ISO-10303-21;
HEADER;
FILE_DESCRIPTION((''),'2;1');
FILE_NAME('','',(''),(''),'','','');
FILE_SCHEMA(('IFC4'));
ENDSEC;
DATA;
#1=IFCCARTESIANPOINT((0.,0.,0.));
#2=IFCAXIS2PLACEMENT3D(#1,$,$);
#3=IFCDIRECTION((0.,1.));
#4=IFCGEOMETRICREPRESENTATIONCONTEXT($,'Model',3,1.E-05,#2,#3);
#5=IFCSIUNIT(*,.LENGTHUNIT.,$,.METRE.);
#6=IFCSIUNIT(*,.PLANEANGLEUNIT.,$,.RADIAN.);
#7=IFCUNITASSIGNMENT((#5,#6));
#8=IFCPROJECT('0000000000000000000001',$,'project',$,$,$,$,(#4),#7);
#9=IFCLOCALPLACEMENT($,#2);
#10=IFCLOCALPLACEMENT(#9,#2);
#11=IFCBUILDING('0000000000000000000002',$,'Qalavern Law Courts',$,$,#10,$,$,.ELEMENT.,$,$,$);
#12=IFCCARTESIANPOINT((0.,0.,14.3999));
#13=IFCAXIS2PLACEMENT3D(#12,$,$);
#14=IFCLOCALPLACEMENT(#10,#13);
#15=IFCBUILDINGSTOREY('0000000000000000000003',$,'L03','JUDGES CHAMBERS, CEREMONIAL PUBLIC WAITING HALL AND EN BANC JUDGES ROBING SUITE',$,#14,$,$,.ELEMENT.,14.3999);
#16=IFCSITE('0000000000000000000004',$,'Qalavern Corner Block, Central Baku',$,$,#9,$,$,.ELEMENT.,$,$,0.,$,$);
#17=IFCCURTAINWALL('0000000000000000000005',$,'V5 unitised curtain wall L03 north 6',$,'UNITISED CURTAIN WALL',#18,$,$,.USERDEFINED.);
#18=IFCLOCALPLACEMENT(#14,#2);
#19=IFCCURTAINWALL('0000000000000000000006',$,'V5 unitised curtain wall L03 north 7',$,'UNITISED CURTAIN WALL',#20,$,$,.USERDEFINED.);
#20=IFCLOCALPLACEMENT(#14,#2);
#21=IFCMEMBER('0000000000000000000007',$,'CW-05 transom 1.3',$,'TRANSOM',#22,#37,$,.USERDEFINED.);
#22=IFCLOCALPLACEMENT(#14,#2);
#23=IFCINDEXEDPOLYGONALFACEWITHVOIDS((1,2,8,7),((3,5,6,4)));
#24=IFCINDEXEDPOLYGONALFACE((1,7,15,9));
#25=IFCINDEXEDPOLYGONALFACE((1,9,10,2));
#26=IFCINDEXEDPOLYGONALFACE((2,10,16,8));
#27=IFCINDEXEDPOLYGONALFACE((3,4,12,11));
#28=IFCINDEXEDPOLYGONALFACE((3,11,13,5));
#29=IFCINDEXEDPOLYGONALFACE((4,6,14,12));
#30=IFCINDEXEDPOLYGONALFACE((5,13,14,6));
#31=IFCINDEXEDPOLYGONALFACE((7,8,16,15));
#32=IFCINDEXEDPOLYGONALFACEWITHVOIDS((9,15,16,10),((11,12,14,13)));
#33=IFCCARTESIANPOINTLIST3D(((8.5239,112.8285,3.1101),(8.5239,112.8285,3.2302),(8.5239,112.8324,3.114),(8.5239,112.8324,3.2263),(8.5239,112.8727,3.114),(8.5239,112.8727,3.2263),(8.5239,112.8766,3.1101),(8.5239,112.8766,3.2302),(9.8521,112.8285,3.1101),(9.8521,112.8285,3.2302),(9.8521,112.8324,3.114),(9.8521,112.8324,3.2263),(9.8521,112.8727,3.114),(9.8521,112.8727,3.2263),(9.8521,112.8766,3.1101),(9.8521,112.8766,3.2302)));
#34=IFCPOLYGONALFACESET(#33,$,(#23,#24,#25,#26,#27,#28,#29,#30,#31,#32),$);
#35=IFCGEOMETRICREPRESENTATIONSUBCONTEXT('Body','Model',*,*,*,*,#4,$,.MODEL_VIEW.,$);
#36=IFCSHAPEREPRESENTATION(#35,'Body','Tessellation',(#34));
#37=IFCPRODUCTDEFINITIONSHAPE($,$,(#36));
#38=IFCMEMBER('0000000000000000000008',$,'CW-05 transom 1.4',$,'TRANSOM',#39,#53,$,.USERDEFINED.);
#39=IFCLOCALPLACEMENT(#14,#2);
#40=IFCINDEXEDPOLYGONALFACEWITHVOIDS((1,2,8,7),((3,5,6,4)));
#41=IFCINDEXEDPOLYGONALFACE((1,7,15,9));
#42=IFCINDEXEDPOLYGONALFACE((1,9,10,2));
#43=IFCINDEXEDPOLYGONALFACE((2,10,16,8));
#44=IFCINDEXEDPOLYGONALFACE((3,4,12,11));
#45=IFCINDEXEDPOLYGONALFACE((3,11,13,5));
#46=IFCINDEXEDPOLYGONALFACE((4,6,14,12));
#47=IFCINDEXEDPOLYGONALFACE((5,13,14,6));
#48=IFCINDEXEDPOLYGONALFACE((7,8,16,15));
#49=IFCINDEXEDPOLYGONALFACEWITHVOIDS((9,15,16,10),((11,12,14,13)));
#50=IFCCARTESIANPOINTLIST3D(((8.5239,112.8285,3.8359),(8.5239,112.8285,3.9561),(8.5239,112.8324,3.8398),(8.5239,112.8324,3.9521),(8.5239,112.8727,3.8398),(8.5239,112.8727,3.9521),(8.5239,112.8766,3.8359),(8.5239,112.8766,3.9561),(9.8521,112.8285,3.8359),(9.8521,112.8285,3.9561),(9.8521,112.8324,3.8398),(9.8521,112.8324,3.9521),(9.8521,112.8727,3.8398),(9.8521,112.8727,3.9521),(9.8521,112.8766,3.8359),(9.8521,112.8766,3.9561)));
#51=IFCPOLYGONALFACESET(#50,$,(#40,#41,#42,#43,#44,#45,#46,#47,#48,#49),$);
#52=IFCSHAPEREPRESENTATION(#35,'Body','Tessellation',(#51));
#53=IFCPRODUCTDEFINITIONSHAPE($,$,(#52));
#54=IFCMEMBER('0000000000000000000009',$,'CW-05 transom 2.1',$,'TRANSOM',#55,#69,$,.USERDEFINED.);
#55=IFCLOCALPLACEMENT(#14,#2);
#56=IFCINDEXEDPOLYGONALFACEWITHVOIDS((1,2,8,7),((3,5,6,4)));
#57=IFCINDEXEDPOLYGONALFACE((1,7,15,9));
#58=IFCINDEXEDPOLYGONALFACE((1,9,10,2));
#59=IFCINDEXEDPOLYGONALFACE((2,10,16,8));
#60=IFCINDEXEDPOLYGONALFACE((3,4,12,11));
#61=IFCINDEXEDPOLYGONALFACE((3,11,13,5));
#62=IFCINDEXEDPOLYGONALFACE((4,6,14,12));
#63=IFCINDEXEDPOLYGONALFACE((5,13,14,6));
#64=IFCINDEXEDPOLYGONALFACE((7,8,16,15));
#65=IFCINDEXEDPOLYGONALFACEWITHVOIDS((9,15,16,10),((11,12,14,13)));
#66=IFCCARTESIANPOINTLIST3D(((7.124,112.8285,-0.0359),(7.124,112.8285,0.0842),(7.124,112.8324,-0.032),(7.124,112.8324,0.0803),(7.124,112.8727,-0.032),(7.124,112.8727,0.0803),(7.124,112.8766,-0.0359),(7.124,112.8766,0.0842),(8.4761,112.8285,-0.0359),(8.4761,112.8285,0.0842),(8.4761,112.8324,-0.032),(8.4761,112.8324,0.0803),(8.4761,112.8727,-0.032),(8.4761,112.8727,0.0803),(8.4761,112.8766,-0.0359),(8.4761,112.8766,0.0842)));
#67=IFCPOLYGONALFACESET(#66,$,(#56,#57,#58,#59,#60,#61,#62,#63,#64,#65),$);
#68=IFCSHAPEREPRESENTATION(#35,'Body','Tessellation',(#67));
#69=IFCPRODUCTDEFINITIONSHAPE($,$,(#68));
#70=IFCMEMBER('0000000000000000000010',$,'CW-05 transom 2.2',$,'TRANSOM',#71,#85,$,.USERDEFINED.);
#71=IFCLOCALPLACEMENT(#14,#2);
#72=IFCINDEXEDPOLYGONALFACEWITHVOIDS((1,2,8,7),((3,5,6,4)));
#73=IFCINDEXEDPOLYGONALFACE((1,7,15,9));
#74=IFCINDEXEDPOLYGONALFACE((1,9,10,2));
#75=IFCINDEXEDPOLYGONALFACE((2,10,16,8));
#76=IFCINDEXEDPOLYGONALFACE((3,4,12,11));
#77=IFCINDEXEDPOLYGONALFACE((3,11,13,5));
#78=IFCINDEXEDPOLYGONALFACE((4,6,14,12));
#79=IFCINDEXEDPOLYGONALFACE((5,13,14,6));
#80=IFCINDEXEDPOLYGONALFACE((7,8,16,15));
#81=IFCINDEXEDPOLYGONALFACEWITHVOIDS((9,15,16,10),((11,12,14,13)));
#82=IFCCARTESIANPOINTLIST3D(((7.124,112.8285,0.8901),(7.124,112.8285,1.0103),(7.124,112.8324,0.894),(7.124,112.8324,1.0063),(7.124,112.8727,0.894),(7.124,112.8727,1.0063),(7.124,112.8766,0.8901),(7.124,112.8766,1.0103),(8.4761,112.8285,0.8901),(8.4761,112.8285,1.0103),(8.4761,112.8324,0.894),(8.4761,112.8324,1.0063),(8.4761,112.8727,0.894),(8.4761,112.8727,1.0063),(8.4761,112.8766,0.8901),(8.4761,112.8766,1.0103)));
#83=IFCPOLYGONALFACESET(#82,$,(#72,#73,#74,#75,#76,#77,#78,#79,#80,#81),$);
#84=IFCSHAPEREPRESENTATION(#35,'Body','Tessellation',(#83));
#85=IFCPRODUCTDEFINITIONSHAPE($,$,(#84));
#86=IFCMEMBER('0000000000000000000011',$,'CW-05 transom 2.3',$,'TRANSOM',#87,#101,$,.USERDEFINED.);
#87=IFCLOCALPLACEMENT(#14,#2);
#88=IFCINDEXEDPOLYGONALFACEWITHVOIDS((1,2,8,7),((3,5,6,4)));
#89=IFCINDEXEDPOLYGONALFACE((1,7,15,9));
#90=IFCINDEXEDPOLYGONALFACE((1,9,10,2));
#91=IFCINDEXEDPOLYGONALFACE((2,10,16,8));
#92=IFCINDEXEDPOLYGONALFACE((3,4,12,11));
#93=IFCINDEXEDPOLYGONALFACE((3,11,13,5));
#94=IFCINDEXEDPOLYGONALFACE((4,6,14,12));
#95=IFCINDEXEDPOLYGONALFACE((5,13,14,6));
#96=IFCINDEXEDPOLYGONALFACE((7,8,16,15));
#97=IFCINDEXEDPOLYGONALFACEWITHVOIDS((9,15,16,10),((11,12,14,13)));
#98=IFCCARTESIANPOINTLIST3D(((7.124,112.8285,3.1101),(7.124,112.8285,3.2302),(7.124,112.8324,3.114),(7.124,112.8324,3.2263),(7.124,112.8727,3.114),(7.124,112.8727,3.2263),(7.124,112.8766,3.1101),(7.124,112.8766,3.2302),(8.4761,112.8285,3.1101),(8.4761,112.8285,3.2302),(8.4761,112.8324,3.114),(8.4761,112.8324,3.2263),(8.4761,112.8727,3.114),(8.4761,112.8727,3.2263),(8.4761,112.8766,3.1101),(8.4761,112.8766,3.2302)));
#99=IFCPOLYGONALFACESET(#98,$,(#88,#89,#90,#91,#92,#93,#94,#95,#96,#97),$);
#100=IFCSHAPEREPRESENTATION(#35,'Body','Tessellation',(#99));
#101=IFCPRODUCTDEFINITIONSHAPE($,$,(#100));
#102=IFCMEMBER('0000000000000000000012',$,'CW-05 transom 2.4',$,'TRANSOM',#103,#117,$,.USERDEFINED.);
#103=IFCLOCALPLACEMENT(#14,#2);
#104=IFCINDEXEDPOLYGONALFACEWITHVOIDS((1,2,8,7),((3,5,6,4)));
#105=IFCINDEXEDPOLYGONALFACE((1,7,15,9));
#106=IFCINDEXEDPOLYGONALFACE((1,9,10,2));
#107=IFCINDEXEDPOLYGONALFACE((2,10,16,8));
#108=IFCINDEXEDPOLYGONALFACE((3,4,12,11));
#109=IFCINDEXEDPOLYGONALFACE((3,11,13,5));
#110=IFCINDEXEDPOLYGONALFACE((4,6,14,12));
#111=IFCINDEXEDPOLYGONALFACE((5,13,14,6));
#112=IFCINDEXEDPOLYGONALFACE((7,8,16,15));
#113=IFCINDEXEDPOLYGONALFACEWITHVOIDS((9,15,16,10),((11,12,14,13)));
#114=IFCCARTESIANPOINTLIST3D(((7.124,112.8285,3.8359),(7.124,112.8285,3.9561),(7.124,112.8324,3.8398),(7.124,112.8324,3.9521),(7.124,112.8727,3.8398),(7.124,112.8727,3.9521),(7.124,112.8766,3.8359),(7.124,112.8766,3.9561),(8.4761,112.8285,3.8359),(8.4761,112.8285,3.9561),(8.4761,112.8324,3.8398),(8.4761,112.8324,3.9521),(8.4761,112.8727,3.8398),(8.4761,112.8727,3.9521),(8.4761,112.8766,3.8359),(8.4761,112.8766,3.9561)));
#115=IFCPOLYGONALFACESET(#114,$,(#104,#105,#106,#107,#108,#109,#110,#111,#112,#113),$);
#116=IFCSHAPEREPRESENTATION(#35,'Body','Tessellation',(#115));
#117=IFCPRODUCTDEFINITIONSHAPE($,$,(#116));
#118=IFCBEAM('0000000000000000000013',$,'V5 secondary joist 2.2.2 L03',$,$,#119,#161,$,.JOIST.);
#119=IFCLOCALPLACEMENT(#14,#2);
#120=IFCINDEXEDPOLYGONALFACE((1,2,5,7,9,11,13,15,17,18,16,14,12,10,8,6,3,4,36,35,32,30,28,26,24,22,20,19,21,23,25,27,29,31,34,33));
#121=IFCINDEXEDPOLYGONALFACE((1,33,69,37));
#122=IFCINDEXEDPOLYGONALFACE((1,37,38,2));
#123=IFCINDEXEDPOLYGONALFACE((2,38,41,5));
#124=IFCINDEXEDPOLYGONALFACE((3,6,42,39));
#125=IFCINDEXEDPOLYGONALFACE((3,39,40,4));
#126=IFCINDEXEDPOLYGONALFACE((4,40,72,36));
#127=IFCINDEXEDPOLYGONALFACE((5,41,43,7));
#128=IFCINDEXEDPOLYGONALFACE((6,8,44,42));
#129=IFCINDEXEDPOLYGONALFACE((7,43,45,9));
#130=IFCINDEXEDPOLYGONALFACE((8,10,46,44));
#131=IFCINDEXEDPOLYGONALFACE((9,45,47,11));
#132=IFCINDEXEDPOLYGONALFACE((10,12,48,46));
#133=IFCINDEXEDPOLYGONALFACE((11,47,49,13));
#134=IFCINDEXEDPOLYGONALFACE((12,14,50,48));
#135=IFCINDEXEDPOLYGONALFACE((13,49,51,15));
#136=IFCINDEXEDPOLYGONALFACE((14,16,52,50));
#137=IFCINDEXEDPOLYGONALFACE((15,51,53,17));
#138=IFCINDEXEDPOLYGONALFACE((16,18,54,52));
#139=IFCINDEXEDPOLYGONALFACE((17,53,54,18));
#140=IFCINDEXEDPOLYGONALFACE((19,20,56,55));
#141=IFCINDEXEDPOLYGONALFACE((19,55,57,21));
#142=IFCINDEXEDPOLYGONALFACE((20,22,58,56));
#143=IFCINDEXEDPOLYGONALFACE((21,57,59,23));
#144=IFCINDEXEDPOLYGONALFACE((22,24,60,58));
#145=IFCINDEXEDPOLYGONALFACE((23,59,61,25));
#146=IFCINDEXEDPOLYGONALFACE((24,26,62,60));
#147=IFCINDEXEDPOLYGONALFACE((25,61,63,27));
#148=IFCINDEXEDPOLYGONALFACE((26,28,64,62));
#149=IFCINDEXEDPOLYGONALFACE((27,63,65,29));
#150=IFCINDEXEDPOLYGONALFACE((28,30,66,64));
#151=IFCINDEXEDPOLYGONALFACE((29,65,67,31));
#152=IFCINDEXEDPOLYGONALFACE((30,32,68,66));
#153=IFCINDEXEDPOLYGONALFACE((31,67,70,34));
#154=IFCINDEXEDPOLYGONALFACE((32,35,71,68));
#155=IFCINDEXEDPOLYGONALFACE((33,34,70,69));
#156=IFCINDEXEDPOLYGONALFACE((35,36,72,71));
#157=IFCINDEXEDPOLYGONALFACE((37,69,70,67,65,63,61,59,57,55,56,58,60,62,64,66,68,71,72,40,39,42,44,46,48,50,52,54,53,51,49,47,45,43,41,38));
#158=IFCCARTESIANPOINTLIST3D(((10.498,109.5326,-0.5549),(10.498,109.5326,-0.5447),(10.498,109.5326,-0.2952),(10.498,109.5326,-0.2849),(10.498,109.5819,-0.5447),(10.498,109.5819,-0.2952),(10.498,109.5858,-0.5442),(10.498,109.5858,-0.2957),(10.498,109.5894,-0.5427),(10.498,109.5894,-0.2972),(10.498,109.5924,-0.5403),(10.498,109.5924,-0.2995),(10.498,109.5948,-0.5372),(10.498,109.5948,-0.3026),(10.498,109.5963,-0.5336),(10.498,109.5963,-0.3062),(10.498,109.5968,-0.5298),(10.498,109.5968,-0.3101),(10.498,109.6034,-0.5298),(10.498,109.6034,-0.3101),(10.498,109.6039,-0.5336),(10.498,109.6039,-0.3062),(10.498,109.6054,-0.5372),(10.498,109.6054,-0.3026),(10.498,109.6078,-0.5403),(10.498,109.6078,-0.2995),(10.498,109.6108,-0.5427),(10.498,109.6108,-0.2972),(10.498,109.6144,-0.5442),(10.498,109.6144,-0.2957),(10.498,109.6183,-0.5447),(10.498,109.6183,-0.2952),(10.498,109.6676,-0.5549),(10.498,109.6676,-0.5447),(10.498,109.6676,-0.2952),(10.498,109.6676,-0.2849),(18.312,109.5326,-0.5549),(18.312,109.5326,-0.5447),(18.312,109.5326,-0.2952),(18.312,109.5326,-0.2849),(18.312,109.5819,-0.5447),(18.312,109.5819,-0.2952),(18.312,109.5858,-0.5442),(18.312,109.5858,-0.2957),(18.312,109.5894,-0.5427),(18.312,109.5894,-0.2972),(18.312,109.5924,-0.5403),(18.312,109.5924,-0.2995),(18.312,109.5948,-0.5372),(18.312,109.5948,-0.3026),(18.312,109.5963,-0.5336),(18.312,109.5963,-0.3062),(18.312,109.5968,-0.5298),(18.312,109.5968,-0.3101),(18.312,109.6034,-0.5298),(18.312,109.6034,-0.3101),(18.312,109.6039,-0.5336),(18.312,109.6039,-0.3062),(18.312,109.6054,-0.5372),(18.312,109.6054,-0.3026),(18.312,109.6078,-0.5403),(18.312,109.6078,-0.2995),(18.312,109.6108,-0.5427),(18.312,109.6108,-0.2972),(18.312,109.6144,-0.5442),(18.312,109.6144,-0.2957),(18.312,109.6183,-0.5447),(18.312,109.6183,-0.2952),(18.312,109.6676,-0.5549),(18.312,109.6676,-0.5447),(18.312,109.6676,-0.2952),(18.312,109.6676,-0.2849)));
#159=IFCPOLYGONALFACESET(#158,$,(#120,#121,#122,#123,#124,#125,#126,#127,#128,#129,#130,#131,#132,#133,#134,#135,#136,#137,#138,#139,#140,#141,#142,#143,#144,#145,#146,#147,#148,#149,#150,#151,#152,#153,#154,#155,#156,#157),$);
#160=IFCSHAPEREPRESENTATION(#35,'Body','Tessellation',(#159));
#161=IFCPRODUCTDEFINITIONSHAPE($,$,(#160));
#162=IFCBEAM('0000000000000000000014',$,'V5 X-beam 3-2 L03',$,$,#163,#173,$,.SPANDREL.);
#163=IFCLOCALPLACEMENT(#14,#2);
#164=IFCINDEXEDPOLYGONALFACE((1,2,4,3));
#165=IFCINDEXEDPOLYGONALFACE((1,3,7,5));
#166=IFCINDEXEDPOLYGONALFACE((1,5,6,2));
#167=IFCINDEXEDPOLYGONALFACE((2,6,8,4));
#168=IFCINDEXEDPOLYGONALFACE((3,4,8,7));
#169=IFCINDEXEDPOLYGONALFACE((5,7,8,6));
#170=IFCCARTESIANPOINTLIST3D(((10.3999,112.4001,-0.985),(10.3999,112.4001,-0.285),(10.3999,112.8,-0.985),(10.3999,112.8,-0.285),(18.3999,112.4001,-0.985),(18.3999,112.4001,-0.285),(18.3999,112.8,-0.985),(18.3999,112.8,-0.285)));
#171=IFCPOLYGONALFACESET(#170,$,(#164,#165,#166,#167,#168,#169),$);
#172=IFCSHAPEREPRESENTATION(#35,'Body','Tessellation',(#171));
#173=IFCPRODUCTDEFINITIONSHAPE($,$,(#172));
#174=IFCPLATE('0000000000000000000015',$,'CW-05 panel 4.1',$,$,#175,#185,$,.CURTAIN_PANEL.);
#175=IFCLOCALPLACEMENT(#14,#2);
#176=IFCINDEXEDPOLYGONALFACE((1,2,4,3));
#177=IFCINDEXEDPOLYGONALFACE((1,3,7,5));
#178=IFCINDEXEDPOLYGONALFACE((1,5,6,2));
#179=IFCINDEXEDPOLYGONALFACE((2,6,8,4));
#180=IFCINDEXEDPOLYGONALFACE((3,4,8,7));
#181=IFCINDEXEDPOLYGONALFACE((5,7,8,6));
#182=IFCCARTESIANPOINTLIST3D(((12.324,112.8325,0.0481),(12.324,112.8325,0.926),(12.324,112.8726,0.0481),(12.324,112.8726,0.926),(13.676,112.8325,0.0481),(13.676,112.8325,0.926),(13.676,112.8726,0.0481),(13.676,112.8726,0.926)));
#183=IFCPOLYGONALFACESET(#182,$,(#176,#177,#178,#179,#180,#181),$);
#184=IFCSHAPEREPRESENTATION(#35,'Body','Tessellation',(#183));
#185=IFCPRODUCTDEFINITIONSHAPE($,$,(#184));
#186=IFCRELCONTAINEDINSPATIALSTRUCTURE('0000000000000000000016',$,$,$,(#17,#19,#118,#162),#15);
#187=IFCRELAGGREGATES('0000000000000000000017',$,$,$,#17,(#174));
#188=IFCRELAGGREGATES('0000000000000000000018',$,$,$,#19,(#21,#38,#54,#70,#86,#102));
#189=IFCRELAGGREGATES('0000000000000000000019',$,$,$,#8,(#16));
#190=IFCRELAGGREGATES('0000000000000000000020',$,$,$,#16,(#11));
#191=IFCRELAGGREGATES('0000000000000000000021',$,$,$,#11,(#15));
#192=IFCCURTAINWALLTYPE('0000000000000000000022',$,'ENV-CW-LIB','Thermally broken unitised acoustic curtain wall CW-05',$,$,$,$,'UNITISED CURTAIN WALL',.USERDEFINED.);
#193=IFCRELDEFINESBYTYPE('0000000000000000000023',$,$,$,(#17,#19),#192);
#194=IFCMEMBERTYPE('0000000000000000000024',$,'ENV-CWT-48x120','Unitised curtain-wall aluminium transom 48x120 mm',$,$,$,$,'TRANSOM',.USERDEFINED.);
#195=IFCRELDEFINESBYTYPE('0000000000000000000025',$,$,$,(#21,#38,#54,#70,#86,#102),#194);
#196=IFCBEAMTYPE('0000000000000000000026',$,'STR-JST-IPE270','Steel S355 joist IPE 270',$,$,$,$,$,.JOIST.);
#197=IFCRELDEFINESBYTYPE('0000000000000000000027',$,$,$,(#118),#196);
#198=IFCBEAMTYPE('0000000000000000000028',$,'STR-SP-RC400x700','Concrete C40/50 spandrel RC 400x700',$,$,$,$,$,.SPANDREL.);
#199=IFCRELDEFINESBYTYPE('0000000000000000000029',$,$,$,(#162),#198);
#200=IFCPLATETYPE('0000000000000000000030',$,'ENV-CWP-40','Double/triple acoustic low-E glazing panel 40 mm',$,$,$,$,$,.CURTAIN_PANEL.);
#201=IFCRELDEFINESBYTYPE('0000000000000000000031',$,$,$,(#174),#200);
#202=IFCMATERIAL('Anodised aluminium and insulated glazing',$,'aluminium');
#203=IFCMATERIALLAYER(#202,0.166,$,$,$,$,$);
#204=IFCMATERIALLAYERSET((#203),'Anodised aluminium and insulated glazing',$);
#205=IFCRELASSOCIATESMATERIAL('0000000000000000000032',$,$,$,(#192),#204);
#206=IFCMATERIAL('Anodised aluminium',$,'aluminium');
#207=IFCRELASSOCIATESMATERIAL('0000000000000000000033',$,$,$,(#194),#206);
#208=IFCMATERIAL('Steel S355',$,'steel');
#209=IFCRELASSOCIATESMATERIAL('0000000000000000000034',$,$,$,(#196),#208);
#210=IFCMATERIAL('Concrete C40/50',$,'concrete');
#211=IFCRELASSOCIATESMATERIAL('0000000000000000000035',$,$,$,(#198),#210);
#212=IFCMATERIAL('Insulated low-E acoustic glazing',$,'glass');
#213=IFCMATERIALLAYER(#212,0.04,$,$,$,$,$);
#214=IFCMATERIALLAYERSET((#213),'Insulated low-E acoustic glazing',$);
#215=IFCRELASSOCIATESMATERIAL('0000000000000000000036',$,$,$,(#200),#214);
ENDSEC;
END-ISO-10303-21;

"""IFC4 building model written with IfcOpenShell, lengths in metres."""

from ifc_helpers import new_model, si_unit, direction, frame, origin, origin_2d, place, context, subcontext, project, spatial, rectangle, hollow_rectangle, i_section, extrude, material, layer, layer_set, material_profile, profile_set, type_object, element, aggregate, save


model = new_model("IFC4")

# Units and contexts
model_context = context("Model", 3, precision=1e-05, world=origin(), true_north=direction((0.0, 1.0)))
body_context = subcontext(model_context, "Body", "Model", "MODEL_VIEW")
ifc_project = project(units=[si_unit("LENGTHUNIT", "METRE"), si_unit("PLANEANGLEUNIT", "RADIAN")], contexts=[model_context])

# Site, building, storey
site_placement = place(None, origin())
site = spatial("IfcSite", under=ifc_project, at=site_placement, Name="Qalavern Corner Block, Central Baku", CompositionType="ELEMENT", RefElevation=0.0)
building_placement = place(site_placement, origin())
building = spatial("IfcBuilding", under=site, at=building_placement, Name="Qalavern Law Courts", CompositionType="ELEMENT")
storey_placement = place(building_placement, frame((0.0, 0.0, 14.3999)))
storey = spatial("IfcBuildingStorey", under=building, at=storey_placement, Name="L03", Description="JUDGES CHAMBERS, CEREMONIAL PUBLIC WAITING HALL AND EN BANC JUDGES ROBING SUITE", CompositionType="ELEMENT", Elevation=14.3999)

# Curtain walls
ifc_material_1 = material(Name="Anodised aluminium and insulated glazing", Category="aluminium")
ifc_layer_1 = layer(ifc_material_1, 0.166)
ifc_layer_set_1 = layer_set([ifc_layer_1], Name="Anodised aluminium and insulated glazing")
curtain_wall_type = type_object("IfcCurtainWallType", Name="ENV-CW-LIB", Description="Thermally broken unitised acoustic curtain wall CW-05", ElementType="UNITISED CURTAIN WALL", PredefinedType="USERDEFINED", material=ifc_layer_set_1)
curtain_wall_1_placement = place(storey_placement, origin())
curtain_wall_1 = element("IfcCurtainWall", 1, at=curtain_wall_1_placement, inside=storey, type_object=curtain_wall_type, Name="V5 unitised curtain wall L03 north 6", ObjectType="UNITISED CURTAIN WALL", PredefinedType="USERDEFINED")
ifc_material_2 = material(Name="Anodised aluminium", Category="aluminium")
curtain_wall_2_placement = place(storey_placement, origin())
curtain_wall_2 = element("IfcCurtainWall", 2, at=curtain_wall_2_placement, inside=storey, type_object=curtain_wall_type, Name="V5 unitised curtain wall L03 north 7", ObjectType="UNITISED CURTAIN WALL", PredefinedType="USERDEFINED")

# Members
ifc_material_profile_1 = material_profile(ifc_material_2, hollow_rectangle(XDim=0.0481, YDim=0.1201, WallThickness=0.0039, at=origin_2d()), Name="ALU TRANSOM 48x120")
ifc_profile_set_1 = profile_set([ifc_material_profile_1], Name="Anodised aluminium")
member_type_1 = type_object("IfcMemberType", Name="ENV-CWT-48x120", Description="Unitised curtain-wall aluminium transom 48x120 mm", ElementType="TRANSOM", PredefinedType="USERDEFINED", material=ifc_profile_set_1)
member_1_placement = place(storey_placement, frame((9.8521, 112.8525, 3.1702), z_axis=(-1.0, 0.0, 0.0), x_axis=(0.0, -1.0, 0.0)))
member_1 = element("IfcMember", 3, at=member_1_placement, type_object=member_type_1, Name="CW-05 transom 1.3", ObjectType="TRANSOM", PredefinedType="USERDEFINED", context=body_context, shape_type="SweptSolid", body=[
    extrude(hollow_rectangle(XDim=0.0481, YDim=0.1201, WallThickness=0.0039, at=origin_2d()), origin(), (0.0, 0.0, 1.0), 1.3281),
])
member_2_placement = place(storey_placement, frame((9.8521, 112.8525, 3.896), z_axis=(-1.0, 0.0, 0.0), x_axis=(0.0, -1.0, 0.0)))
member_2 = element("IfcMember", 4, at=member_2_placement, type_object=member_type_1, Name="CW-05 transom 1.4", ObjectType="TRANSOM", PredefinedType="USERDEFINED", context=body_context, shape_type="SweptSolid", body=[
    extrude(hollow_rectangle(XDim=0.0481, YDim=0.1201, WallThickness=0.0039, at=origin_2d()), origin(), (0.0, 0.0, 1.0), 1.3281),
])
member_3_placement = place(storey_placement, frame((8.4761, 112.8525, 0.0242), z_axis=(-1.0, 0.0, 0.0), x_axis=(0.0, -1.0, 0.0)))
member_3 = element("IfcMember", 5, at=member_3_placement, type_object=member_type_1, Name="CW-05 transom 2.1", ObjectType="TRANSOM", PredefinedType="USERDEFINED", context=body_context, shape_type="SweptSolid", body=[
    extrude(hollow_rectangle(XDim=0.0481, YDim=0.1201, WallThickness=0.0039, at=origin_2d()), origin(), (0.0, 0.0, 1.0), 1.3521),
])
member_4_placement = place(storey_placement, frame((8.4761, 112.8525, 0.9502), z_axis=(-1.0, 0.0, 0.0), x_axis=(0.0, -1.0, 0.0)))
member_4 = element("IfcMember", 6, at=member_4_placement, type_object=member_type_1, Name="CW-05 transom 2.2", ObjectType="TRANSOM", PredefinedType="USERDEFINED", context=body_context, shape_type="SweptSolid", body=[
    extrude(hollow_rectangle(XDim=0.0481, YDim=0.1201, WallThickness=0.0039, at=origin_2d()), origin(), (0.0, 0.0, 1.0), 1.3521),
])
member_5_placement = place(storey_placement, frame((8.4761, 112.8525, 3.1702), z_axis=(-1.0, 0.0, 0.0), x_axis=(0.0, -1.0, 0.0)))
member_5 = element("IfcMember", 7, at=member_5_placement, type_object=member_type_1, Name="CW-05 transom 2.3", ObjectType="TRANSOM", PredefinedType="USERDEFINED", context=body_context, shape_type="SweptSolid", body=[
    extrude(hollow_rectangle(XDim=0.0481, YDim=0.1201, WallThickness=0.0039, at=origin_2d()), origin(), (0.0, 0.0, 1.0), 1.3521),
])
member_6_placement = place(storey_placement, frame((8.4761, 112.8525, 3.896), z_axis=(-1.0, 0.0, 0.0), x_axis=(0.0, -1.0, 0.0)))
member_6 = element("IfcMember", 8, at=member_6_placement, type_object=member_type_1, Name="CW-05 transom 2.4", ObjectType="TRANSOM", PredefinedType="USERDEFINED", context=body_context, shape_type="SweptSolid", body=[
    extrude(hollow_rectangle(XDim=0.0481, YDim=0.1201, WallThickness=0.0039, at=origin_2d()), origin(), (0.0, 0.0, 1.0), 1.3521),
])

# Beams
ifc_material_3 = material(Name="Steel S355", Category="steel")
ifc_material_profile_2 = material_profile(ifc_material_3, i_section(OverallWidth=0.135, OverallDepth=0.27, WebThickness=0.0066, FlangeThickness=0.0103, FilletRadius=0.0149, at=origin_2d()), Name="IPE 270")
ifc_profile_set_2 = profile_set([ifc_material_profile_2], Name="Steel S355")
beam_type_1 = type_object("IfcBeamType", Name="STR-JST-IPE270", Description="Steel S355 joist IPE 270", PredefinedType="JOIST", material=ifc_profile_set_2)
beam_1_placement = place(storey_placement, frame((10.498, 109.6001, -0.4199), z_axis=(1.0, 0.0, 0.0), x_axis=(0.0, 1.0, 0.0)))
element("IfcBeam", 9, at=beam_1_placement, inside=storey, type_object=beam_type_1, Name="V5 secondary joist 2.2.2 L03", PredefinedType="JOIST", context=body_context, shape_type="SweptSolid", body=[
    extrude(i_section(OverallWidth=0.135, OverallDepth=0.27, WebThickness=0.0066, FlangeThickness=0.0103, FilletRadius=0.0149, at=origin_2d()), origin(), (0.0, 0.0, 1.0), 7.814),
])
ifc_material_4 = material(Name="Concrete C40/50", Category="concrete")
ifc_material_profile_3 = material_profile(ifc_material_4, rectangle(XDim=0.3999, YDim=0.7, at=origin_2d()), Name="RC 400x700")
ifc_profile_set_3 = profile_set([ifc_material_profile_3], Name="Concrete C40/50")
beam_type_2 = type_object("IfcBeamType", Name="STR-SP-RC400x700", Description="Concrete C40/50 spandrel RC 400x700", PredefinedType="SPANDREL", material=ifc_profile_set_3)
beam_2_placement = place(storey_placement, frame((10.3999, 112.6001, -0.635), z_axis=(1.0, 0.0, 0.0), x_axis=(0.0, 1.0, 0.0)))
element("IfcBeam", 10, at=beam_2_placement, inside=storey, type_object=beam_type_2, Name="V5 X-beam 3-2 L03", PredefinedType="SPANDREL", context=body_context, shape_type="SweptSolid", body=[
    extrude(rectangle(XDim=0.3999, YDim=0.7, at=origin_2d()), origin(), (0.0, 0.0, 1.0), 8.0),
])

# Plate
ifc_material_5 = material(Name="Insulated low-E acoustic glazing", Category="glass")
ifc_layer_2 = layer(ifc_material_5, 0.04)
ifc_layer_set_2 = layer_set([ifc_layer_2], Name="Insulated low-E acoustic glazing")
plate_type_1 = type_object("IfcPlateType", Name="ENV-CWP-40", Description="Double/triple acoustic low-E glazing panel 40 mm", PredefinedType="CURTAIN_PANEL", material=ifc_layer_set_2)
plate_1_placement = place(storey_placement, frame((13.0, 112.8525, 0.0481), z_axis=(0.0, 0.0, 1.0), x_axis=(-1.0, 0.0, 0.0)))
plate_1 = element("IfcPlate", 11, at=plate_1_placement, type_object=plate_type_1, Name="CW-05 panel 4.1", PredefinedType="CURTAIN_PANEL", context=body_context, shape_type="SweptSolid", body=[
    extrude(rectangle(XDim=1.3521, YDim=0.04, at=origin_2d()), origin(), (0.0, 0.0, 1.0), 0.8779),
])
aggregate(curtain_wall_1, [plate_1])
aggregate(curtain_wall_2, [member_1, member_2, member_3, member_4, member_5, member_6])

save(model, "model.ifc")
